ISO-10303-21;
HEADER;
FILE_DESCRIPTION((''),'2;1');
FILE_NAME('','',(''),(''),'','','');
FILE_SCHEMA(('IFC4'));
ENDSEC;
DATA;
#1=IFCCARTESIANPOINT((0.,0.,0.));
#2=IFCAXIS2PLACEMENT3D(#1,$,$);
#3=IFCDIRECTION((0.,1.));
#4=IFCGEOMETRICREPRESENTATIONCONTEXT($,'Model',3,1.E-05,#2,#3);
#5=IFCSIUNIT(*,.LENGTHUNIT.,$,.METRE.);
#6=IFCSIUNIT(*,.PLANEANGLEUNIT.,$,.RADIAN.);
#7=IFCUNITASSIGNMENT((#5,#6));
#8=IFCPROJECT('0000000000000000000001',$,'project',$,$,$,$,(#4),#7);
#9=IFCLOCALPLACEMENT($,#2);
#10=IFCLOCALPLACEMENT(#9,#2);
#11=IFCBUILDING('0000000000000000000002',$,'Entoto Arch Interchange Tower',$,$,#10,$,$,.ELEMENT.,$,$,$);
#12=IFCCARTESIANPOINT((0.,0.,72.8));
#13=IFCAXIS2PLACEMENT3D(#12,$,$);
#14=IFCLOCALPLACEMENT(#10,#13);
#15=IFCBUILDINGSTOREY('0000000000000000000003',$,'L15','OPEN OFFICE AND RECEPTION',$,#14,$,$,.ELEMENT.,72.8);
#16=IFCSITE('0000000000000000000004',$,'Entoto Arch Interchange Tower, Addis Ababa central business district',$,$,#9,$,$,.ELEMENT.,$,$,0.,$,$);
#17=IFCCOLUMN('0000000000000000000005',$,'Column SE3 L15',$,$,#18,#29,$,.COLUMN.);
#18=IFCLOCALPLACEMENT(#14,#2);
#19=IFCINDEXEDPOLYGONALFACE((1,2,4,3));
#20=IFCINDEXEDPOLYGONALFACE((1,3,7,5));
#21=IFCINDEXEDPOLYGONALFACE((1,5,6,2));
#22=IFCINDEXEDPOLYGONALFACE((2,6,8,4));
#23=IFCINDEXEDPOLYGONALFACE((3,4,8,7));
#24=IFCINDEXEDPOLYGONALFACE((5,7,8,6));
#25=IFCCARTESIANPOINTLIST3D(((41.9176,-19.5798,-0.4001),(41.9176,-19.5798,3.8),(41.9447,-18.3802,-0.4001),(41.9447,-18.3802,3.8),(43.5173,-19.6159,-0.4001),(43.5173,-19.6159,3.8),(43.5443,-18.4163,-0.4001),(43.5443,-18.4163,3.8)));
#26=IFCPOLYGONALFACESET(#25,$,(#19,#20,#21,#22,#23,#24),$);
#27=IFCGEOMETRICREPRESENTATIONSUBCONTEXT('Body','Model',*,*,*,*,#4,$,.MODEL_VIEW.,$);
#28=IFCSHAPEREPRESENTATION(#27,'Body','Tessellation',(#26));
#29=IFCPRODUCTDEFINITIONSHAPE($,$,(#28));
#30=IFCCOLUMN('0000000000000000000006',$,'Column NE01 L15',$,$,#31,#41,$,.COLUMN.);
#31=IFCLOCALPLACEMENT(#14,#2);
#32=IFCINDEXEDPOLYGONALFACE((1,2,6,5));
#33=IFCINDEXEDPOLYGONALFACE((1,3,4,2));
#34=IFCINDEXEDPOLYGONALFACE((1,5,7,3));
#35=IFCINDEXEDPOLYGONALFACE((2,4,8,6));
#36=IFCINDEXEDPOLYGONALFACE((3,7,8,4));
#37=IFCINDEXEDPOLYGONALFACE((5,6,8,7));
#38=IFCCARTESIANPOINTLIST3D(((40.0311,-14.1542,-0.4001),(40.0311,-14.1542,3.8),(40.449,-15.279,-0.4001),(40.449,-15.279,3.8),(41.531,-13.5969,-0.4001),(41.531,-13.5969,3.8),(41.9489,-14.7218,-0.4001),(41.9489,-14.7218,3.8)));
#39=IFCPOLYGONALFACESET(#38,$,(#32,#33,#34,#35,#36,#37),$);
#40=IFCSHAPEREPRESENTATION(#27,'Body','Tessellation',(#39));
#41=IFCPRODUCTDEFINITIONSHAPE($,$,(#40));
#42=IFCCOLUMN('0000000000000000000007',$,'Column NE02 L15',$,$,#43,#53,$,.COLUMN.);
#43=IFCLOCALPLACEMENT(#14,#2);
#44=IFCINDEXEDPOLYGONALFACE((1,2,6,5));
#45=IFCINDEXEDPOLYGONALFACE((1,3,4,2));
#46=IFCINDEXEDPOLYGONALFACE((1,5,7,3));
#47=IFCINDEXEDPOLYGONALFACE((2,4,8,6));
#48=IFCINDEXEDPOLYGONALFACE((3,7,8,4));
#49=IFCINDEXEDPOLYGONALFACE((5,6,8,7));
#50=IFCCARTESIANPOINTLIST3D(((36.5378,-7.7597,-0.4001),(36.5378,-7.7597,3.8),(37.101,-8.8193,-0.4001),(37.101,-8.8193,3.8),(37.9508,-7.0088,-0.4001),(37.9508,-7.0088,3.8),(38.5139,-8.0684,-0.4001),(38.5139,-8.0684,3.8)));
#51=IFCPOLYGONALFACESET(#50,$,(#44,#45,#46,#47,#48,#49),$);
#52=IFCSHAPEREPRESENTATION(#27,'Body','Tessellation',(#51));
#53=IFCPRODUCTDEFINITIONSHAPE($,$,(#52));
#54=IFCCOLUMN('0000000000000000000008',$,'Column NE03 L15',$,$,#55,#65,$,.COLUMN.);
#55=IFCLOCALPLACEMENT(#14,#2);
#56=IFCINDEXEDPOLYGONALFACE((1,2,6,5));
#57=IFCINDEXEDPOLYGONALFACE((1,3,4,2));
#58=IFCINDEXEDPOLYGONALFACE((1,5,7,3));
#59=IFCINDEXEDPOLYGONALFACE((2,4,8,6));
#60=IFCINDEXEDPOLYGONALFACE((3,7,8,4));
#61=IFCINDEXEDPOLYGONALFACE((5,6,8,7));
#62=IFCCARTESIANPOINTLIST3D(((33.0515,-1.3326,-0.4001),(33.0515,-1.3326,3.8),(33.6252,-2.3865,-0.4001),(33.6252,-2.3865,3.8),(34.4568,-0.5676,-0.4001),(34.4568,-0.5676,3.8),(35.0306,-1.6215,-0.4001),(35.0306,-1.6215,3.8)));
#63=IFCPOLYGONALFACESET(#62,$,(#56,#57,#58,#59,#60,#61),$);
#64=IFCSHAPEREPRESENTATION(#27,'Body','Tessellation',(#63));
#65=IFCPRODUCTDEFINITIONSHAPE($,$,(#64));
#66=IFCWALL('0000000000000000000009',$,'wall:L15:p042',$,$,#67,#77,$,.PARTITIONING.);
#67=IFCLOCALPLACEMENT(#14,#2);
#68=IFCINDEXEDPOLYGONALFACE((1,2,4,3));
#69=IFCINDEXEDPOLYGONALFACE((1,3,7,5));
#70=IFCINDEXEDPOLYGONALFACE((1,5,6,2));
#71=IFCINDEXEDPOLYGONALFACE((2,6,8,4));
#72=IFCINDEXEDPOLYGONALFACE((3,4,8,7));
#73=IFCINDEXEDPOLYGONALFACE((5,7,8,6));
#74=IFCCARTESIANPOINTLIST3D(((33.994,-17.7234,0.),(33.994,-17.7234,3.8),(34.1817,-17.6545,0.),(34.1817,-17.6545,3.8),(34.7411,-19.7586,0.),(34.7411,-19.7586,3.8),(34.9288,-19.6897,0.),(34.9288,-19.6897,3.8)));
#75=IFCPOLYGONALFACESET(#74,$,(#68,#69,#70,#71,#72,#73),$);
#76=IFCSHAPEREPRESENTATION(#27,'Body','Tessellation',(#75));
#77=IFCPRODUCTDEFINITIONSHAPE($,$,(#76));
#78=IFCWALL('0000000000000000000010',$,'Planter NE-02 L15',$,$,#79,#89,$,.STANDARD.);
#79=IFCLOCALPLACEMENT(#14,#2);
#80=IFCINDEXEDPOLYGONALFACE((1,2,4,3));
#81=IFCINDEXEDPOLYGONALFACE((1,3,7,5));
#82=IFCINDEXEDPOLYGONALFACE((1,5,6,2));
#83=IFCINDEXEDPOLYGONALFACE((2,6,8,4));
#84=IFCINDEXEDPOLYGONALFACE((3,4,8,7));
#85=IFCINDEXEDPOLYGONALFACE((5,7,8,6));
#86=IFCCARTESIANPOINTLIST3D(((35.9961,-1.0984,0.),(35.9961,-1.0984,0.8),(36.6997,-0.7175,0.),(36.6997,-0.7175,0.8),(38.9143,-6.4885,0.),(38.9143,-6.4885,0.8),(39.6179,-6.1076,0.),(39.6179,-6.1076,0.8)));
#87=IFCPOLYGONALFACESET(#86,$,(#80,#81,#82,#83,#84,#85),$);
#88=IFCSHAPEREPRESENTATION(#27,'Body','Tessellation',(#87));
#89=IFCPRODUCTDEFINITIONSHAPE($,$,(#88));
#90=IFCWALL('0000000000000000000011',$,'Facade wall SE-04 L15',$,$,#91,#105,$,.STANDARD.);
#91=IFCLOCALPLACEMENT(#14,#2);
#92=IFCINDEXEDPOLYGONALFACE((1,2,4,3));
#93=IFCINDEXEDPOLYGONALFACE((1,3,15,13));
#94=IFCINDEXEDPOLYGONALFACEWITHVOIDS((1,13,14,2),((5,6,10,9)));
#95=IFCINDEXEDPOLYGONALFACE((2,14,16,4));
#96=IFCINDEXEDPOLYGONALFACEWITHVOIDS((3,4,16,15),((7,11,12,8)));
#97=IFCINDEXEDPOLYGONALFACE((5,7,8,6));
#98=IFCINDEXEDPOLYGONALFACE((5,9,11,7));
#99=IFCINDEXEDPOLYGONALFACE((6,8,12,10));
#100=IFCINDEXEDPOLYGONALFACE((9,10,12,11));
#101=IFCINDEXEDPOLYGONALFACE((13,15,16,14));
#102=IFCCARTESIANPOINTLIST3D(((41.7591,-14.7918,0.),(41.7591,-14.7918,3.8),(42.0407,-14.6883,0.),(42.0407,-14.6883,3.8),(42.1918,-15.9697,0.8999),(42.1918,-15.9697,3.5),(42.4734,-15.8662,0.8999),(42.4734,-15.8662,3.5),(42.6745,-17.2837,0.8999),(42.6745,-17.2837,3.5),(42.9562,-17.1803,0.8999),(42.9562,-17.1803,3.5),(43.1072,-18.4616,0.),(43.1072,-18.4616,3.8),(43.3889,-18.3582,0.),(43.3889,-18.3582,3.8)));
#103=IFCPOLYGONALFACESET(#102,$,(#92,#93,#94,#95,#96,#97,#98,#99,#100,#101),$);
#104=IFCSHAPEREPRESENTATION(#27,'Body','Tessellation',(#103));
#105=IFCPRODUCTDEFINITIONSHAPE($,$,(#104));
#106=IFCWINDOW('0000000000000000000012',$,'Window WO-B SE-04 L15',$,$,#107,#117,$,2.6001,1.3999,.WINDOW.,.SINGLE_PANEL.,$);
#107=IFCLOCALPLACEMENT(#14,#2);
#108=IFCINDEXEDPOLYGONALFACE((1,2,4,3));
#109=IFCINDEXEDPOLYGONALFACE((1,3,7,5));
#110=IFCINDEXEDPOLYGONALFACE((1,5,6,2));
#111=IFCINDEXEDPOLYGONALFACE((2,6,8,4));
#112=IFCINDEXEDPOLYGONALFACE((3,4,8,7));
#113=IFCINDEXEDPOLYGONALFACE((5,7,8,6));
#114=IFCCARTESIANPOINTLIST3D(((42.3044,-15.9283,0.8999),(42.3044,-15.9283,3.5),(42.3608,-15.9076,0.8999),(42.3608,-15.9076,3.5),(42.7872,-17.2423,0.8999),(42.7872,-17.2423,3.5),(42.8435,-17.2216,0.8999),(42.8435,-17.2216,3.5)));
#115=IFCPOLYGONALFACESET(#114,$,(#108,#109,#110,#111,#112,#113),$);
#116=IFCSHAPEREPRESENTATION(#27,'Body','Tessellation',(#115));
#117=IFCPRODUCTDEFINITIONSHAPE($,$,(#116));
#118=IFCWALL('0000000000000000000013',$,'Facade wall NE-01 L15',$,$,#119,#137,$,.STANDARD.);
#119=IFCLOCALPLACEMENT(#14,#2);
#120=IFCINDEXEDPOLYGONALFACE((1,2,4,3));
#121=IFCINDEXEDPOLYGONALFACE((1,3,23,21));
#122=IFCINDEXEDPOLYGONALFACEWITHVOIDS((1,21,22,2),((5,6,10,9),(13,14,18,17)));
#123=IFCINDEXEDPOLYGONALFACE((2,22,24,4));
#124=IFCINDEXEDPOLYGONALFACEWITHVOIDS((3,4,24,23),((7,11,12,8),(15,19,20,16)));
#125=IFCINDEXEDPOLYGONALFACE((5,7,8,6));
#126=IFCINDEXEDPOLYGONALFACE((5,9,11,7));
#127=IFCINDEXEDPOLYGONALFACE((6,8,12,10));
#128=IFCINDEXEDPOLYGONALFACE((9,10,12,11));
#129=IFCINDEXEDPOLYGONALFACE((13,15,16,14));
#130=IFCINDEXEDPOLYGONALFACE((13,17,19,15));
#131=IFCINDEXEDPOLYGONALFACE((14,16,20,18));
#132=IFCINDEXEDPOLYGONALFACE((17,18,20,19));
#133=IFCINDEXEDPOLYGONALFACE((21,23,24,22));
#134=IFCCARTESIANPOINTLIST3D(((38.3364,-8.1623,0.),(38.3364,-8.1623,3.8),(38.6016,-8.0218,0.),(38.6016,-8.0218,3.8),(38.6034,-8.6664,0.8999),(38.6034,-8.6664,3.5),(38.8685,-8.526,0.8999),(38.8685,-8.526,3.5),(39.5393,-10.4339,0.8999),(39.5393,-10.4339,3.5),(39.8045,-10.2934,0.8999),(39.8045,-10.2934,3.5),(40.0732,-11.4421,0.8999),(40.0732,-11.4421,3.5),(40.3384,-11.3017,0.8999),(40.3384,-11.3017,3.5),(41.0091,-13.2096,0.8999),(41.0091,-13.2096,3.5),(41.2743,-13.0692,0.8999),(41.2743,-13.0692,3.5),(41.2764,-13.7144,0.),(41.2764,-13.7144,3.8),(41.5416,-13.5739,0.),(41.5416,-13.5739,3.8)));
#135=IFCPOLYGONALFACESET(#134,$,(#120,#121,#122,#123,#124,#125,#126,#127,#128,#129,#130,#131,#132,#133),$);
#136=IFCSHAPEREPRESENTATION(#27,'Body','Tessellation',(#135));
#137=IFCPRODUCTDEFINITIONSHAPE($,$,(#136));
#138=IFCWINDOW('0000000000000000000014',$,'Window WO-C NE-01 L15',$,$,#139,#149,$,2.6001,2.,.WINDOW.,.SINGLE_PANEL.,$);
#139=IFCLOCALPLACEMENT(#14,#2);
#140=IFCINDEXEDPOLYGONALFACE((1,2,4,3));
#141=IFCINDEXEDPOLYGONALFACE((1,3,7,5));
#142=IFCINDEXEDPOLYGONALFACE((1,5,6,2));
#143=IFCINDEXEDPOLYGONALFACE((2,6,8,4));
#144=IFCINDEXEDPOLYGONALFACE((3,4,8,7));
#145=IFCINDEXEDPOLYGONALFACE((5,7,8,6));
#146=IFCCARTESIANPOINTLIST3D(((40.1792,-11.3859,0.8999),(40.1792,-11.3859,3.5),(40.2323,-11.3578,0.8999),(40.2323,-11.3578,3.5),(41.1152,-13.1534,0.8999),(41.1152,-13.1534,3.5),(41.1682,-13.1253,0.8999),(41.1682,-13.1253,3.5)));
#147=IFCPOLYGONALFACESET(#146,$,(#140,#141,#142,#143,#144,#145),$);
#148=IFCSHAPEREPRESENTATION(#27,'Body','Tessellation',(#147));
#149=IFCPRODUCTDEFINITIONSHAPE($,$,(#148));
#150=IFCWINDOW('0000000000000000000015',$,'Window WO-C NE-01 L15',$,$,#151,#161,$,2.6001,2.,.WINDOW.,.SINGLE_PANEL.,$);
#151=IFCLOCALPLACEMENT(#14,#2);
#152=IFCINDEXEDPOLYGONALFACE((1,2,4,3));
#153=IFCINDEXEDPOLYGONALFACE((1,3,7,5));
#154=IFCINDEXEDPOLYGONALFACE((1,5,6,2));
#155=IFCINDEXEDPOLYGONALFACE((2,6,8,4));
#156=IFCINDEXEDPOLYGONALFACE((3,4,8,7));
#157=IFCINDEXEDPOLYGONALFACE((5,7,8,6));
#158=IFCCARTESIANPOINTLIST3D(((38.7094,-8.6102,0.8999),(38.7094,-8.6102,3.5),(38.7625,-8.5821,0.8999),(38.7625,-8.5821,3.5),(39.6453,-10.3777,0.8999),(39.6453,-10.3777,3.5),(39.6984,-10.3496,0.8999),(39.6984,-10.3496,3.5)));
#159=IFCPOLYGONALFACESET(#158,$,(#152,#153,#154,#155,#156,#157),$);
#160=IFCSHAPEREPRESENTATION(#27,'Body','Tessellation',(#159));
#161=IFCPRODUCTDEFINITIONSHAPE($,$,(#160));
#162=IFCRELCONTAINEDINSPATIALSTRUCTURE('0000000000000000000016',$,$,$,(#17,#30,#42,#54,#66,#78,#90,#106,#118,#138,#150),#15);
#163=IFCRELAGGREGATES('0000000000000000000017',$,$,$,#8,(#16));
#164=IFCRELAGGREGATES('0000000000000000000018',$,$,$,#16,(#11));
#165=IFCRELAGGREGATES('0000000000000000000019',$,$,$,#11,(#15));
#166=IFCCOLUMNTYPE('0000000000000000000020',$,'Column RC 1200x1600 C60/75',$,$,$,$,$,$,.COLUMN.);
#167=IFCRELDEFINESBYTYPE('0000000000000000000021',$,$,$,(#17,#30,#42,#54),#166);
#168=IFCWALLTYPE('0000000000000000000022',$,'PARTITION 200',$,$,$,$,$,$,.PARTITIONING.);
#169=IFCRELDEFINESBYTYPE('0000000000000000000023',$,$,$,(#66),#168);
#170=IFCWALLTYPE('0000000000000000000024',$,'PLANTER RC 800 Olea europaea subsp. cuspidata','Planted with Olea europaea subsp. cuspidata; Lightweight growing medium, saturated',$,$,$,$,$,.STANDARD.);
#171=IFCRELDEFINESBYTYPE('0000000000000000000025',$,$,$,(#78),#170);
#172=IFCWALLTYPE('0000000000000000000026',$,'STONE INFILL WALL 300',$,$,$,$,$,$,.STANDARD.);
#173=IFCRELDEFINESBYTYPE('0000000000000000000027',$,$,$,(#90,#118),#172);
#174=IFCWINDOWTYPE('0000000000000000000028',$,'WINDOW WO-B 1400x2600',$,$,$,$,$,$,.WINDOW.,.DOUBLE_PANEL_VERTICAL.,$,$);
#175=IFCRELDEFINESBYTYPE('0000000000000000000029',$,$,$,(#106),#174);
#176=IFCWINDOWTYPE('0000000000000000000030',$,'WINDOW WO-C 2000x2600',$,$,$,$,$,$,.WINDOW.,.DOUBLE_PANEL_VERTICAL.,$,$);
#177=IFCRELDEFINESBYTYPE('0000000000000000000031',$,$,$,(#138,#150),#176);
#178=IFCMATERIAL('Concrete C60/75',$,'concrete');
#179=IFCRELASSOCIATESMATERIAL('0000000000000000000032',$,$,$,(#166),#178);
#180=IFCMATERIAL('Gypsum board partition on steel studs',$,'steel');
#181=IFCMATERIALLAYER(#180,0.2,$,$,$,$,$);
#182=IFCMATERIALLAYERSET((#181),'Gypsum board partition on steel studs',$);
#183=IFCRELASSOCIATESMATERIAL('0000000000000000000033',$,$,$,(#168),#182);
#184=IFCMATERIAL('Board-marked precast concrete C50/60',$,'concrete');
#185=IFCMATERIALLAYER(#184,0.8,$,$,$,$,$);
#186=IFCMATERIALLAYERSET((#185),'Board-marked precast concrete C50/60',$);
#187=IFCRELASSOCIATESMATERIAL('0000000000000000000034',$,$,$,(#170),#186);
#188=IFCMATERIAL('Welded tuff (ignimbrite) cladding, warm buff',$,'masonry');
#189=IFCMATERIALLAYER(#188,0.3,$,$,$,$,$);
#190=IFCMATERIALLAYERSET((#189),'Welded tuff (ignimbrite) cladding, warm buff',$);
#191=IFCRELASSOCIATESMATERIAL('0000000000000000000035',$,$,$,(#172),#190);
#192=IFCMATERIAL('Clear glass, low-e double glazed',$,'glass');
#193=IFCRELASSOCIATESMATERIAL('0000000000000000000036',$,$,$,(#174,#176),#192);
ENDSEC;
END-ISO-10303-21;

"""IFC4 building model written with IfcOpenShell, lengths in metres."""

from ifc_helpers import new_model, si_unit, direction, frame, frame_2d, origin, origin_2d, place, context, subcontext, project, spatial, rectangle, extrude, material, layer, layer_set, material_profile, profile_set, type_object, element, fill, save


model = new_model("IFC4")

# Units and contexts
model_context = context("Model", 3, precision=1e-05, world=origin(), true_north=direction((0.0, 1.0)))
body_context = subcontext(model_context, "Body", "Model", "MODEL_VIEW")
ifc_project = project(units=[si_unit("LENGTHUNIT", "METRE"), si_unit("PLANEANGLEUNIT", "RADIAN")], contexts=[model_context])

# Site, building, storey
site_placement = place(None, origin())
site = spatial("IfcSite", under=ifc_project, at=site_placement, Name="Entoto Arch Interchange Tower, Addis Ababa central business district", CompositionType="ELEMENT", RefElevation=0.0)
building_placement = place(site_placement, origin())
building = spatial("IfcBuilding", under=site, at=building_placement, Name="Entoto Arch Interchange Tower", CompositionType="ELEMENT")
storey_placement = place(building_placement, frame((0.0, 0.0, 72.8)))
storey = spatial("IfcBuildingStorey", under=building, at=storey_placement, Name="L15", Description="OPEN OFFICE AND RECEPTION", CompositionType="ELEMENT", Elevation=72.8)

# Columns
ifc_material_1 = material(Name="Concrete C60/75", Category="concrete")
ifc_material_profile = material_profile(ifc_material_1, rectangle(XDim=1.2, YDim=1.6001, at=origin_2d()))
ifc_profile_set = profile_set([ifc_material_profile], Name="Concrete C60/75")
column_type = type_object("IfcColumnType", Name="Column RC 1200x1600 C60/75", PredefinedType="COLUMN", material=ifc_profile_set)
for number, where, z_axis, x_axis, name in (
    (1, (42.731, -18.998, -0.4001), (0.0, 0.0, 1.0), (0.022565, 0.999745, 0.0), "Column SE3 L15"),
    (2, (40.99, -14.438, -0.4001), (0.0, 0.0, 1.0), (-0.348278, 0.937391, 0.0), "Column NE01 L15"),
    (3, (37.5259, -7.9141, -0.4001), (0.0, 0.0, 1.0), (-0.469317, 0.88303, 0.0), "Column NE02 L15"),
    (4, (34.041, -1.4771, -0.4001), (0.0, 0.0, 1.0), (-0.47814, 0.878284, 0.0), "Column NE03 L15"),
):
    element("IfcColumn", number, at=place(storey_placement, frame(where, z_axis=z_axis, x_axis=x_axis)), inside=storey, type_object=column_type, Name=name, PredefinedType="COLUMN", context=body_context, shape_type="SweptSolid", body=[
        extrude(rectangle(XDim=1.2, YDim=1.6001, at=origin_2d()), origin(), (0.0, 0.0, 1.0), 4.2002),
    ])

# Walls
ifc_material_2 = material(Name="Gypsum board partition on steel studs", Category="steel")
ifc_layer_1 = layer(ifc_material_2, 0.2)
ifc_layer_set_1 = layer_set([ifc_layer_1], Name="Gypsum board partition on steel studs")
wall_type_1 = type_object("IfcWallType", Name="PARTITION 200", PredefinedType="PARTITIONING", material=ifc_layer_set_1)
wall_1_placement = place(storey_placement, frame((34.0879, -17.689, 0.0), z_axis=(0.0, 0.0, 1.0), x_axis=(0.344599, -0.93875, 0.0)))
element("IfcWall", 5, at=wall_1_placement, inside=storey, type_object=wall_type_1, Name="wall:L15:p042", PredefinedType="PARTITIONING", context=body_context, shape_type="SweptSolid", body=[
    extrude(rectangle(XDim=2.168, YDim=0.2, at=frame_2d((1.084, 0.0))), origin(), (0.0, 0.0, 1.0), 3.8),
])
ifc_material_3 = material(Name="Board-marked precast concrete C50/60", Category="concrete")
ifc_layer_2 = layer(ifc_material_3, 0.8)
ifc_layer_set_2 = layer_set([ifc_layer_2], Name="Board-marked precast concrete C50/60")
wall_type_2 = type_object("IfcWallType", Name="PLANTER RC 800 Olea europaea subsp. cuspidata", Description="Planted with Olea europaea subsp. cuspidata; Lightweight growing medium, saturated", PredefinedType="STANDARD", material=ifc_layer_set_2)
wall_2_placement = place(storey_placement, frame((39.2661, -6.2981, 0.0), z_axis=(0.0, 0.0, 1.0), x_axis=(-0.476101, 0.879391, 0.0)))
element("IfcWall", 6, at=wall_2_placement, inside=storey, type_object=wall_type_2, Name="Planter NE-02 L15", PredefinedType="STANDARD", context=body_context, shape_type="SweptSolid", body=[
    extrude(rectangle(XDim=6.1294, YDim=0.8, at=frame_2d((3.0647, 0.0))), origin(), (0.0, 0.0, 1.0), 0.8),
])

# Wall, opening, window
ifc_material_4 = material(Name="Welded tuff (ignimbrite) cladding, warm buff", Category="masonry")
ifc_layer_3 = layer(ifc_material_4, 0.3)
ifc_layer_set_3 = layer_set([ifc_layer_3], Name="Welded tuff (ignimbrite) cladding, warm buff")
wall_type_3 = type_object("IfcWallType", Name="STONE INFILL WALL 300", PredefinedType="STANDARD", material=ifc_layer_set_3)
wall_3_placement = place(storey_placement, frame((43.248, -18.4099, 0.0), z_axis=(0.0, 0.0, 1.0), x_axis=(-0.34482, 0.938669, 0.0)))
wall_3 = element("IfcWall", 7, at=wall_3_placement, inside=storey, type_object=wall_type_3, Name="Facade wall SE-04 L15", PredefinedType="STANDARD", context=body_context, shape_type="SweptSolid", body=[
    extrude(rectangle(XDim=3.9097, YDim=0.3, at=frame_2d((1.9548, 0.0))), origin(), (0.0, 0.0, 1.0), 3.8),
])
opening_1_placement = place(wall_3_placement, frame((1.2549, 0.0, 0.8999)))
opening_1 = element("IfcOpeningElement", 8, at=opening_1_placement, cuts=wall_3, PredefinedType="OPENING", context=body_context, shape_type="SweptSolid", body=[
    extrude(rectangle(XDim=1.3999, YDim=2.6001, at=frame_2d((0.7, 1.3))), frame((0.0, 0.1602, 0.0), z_axis=(0.0, -1.0, 0.0), x_axis=(1.0, 0.0, 0.0)), (0.0, 0.0, 1.0), 0.3201),
])
ifc_material_5 = material(Name="Clear glass, low-e double glazed", Category="glass")
window_type_1 = type_object("IfcWindowType", Name="WINDOW WO-B 1400x2600", PartitioningType="DOUBLE_PANEL_VERTICAL", PredefinedType="WINDOW", material=ifc_material_5)
window_1_placement = place(opening_1_placement, origin())
window_1 = element("IfcWindow", 9, at=window_1_placement, inside=storey, type_object=window_type_1, Name="Window WO-B SE-04 L15", OverallHeight=2.6001, OverallWidth=1.3999, PartitioningType="SINGLE_PANEL", PredefinedType="WINDOW", context=body_context, shape_type="SweptSolid", body=[
    extrude(rectangle(XDim=1.3999, YDim=2.6001, at=frame_2d((0.7, 1.3))), frame((0.0, 0.03, 0.0), z_axis=(0.0, -1.0, 0.0), x_axis=(1.0, 0.0, 0.0)), (0.0, 0.0, 1.0), 0.0601),
])
fill(opening_1, window_1)

# Wall, openings, windows
wall_4_placement = place(storey_placement, frame((41.4089, -13.644, 0.0), z_axis=(0.0, 0.0, 1.0), x_axis=(-0.467968, 0.883745, 0.0)))
wall_4 = element("IfcWall", 10, at=wall_4_placement, inside=storey, type_object=wall_type_3, Name="Facade wall NE-01 L15", PredefinedType="STANDARD", context=body_context, shape_type="SweptSolid", body=[
    extrude(rectangle(XDim=6.2825, YDim=0.3, at=frame_2d((3.1411, 0.0))), origin(), (0.0, 0.0, 1.0), 3.8),
])
opening_2_placement = place(wall_4_placement, frame((0.571, 0.0, 0.8999)))
opening_2 = element("IfcOpeningElement", 11, at=opening_2_placement, cuts=wall_4, PredefinedType="OPENING", context=body_context, shape_type="SweptSolid", body=[
    extrude(rectangle(XDim=2.0, YDim=2.6001, at=frame_2d((1.0, 1.3))), frame((0.0, 0.1602, 0.0), z_axis=(0.0, -1.0, 0.0), x_axis=(1.0, 0.0, 0.0)), (0.0, 0.0, 1.0), 0.3201),
])
opening_3_placement = place(wall_4_placement, frame((3.7119, 0.0, 0.8999)))
opening_3 = element("IfcOpeningElement", 12, at=opening_3_placement, cuts=wall_4, PredefinedType="OPENING", context=body_context, shape_type="SweptSolid", body=[
    extrude(rectangle(XDim=2.0, YDim=2.6001, at=frame_2d((1.0, 1.3))), frame((0.0, 0.1602, 0.0), z_axis=(0.0, -1.0, 0.0), x_axis=(1.0, 0.0, 0.0)), (0.0, 0.0, 1.0), 0.3201),
])
window_type_2 = type_object("IfcWindowType", Name="WINDOW WO-C 2000x2600", PartitioningType="DOUBLE_PANEL_VERTICAL", PredefinedType="WINDOW", material=ifc_material_5)
window_2_placement = place(opening_2_placement, origin())
window_2 = element("IfcWindow", 13, at=window_2_placement, inside=storey, type_object=window_type_2, Name="Window WO-C NE-01 L15", OverallHeight=2.6001, OverallWidth=2.0, PartitioningType="SINGLE_PANEL", PredefinedType="WINDOW", context=body_context, shape_type="SweptSolid", body=[
    extrude(rectangle(XDim=2.0, YDim=2.6001, at=frame_2d((1.0, 1.3))), frame((0.0, 0.03, 0.0), z_axis=(0.0, -1.0, 0.0), x_axis=(1.0, 0.0, 0.0)), (0.0, 0.0, 1.0), 0.0601),
])
fill(opening_2, window_2)
window_3_placement = place(opening_3_placement, origin())
window_3 = element("IfcWindow", 14, at=window_3_placement, inside=storey, type_object=window_type_2, Name="Window WO-C NE-01 L15", OverallHeight=2.6001, OverallWidth=2.0, PartitioningType="SINGLE_PANEL", PredefinedType="WINDOW", context=body_context, shape_type="SweptSolid", body=[
    extrude(rectangle(XDim=2.0, YDim=2.6001, at=frame_2d((1.0, 1.3))), frame((0.0, 0.03, 0.0), z_axis=(0.0, -1.0, 0.0), x_axis=(1.0, 0.0, 0.0)), (0.0, 0.0, 1.0), 0.0601),
])
fill(opening_3, window_3)

save(model, "model.ifc")
